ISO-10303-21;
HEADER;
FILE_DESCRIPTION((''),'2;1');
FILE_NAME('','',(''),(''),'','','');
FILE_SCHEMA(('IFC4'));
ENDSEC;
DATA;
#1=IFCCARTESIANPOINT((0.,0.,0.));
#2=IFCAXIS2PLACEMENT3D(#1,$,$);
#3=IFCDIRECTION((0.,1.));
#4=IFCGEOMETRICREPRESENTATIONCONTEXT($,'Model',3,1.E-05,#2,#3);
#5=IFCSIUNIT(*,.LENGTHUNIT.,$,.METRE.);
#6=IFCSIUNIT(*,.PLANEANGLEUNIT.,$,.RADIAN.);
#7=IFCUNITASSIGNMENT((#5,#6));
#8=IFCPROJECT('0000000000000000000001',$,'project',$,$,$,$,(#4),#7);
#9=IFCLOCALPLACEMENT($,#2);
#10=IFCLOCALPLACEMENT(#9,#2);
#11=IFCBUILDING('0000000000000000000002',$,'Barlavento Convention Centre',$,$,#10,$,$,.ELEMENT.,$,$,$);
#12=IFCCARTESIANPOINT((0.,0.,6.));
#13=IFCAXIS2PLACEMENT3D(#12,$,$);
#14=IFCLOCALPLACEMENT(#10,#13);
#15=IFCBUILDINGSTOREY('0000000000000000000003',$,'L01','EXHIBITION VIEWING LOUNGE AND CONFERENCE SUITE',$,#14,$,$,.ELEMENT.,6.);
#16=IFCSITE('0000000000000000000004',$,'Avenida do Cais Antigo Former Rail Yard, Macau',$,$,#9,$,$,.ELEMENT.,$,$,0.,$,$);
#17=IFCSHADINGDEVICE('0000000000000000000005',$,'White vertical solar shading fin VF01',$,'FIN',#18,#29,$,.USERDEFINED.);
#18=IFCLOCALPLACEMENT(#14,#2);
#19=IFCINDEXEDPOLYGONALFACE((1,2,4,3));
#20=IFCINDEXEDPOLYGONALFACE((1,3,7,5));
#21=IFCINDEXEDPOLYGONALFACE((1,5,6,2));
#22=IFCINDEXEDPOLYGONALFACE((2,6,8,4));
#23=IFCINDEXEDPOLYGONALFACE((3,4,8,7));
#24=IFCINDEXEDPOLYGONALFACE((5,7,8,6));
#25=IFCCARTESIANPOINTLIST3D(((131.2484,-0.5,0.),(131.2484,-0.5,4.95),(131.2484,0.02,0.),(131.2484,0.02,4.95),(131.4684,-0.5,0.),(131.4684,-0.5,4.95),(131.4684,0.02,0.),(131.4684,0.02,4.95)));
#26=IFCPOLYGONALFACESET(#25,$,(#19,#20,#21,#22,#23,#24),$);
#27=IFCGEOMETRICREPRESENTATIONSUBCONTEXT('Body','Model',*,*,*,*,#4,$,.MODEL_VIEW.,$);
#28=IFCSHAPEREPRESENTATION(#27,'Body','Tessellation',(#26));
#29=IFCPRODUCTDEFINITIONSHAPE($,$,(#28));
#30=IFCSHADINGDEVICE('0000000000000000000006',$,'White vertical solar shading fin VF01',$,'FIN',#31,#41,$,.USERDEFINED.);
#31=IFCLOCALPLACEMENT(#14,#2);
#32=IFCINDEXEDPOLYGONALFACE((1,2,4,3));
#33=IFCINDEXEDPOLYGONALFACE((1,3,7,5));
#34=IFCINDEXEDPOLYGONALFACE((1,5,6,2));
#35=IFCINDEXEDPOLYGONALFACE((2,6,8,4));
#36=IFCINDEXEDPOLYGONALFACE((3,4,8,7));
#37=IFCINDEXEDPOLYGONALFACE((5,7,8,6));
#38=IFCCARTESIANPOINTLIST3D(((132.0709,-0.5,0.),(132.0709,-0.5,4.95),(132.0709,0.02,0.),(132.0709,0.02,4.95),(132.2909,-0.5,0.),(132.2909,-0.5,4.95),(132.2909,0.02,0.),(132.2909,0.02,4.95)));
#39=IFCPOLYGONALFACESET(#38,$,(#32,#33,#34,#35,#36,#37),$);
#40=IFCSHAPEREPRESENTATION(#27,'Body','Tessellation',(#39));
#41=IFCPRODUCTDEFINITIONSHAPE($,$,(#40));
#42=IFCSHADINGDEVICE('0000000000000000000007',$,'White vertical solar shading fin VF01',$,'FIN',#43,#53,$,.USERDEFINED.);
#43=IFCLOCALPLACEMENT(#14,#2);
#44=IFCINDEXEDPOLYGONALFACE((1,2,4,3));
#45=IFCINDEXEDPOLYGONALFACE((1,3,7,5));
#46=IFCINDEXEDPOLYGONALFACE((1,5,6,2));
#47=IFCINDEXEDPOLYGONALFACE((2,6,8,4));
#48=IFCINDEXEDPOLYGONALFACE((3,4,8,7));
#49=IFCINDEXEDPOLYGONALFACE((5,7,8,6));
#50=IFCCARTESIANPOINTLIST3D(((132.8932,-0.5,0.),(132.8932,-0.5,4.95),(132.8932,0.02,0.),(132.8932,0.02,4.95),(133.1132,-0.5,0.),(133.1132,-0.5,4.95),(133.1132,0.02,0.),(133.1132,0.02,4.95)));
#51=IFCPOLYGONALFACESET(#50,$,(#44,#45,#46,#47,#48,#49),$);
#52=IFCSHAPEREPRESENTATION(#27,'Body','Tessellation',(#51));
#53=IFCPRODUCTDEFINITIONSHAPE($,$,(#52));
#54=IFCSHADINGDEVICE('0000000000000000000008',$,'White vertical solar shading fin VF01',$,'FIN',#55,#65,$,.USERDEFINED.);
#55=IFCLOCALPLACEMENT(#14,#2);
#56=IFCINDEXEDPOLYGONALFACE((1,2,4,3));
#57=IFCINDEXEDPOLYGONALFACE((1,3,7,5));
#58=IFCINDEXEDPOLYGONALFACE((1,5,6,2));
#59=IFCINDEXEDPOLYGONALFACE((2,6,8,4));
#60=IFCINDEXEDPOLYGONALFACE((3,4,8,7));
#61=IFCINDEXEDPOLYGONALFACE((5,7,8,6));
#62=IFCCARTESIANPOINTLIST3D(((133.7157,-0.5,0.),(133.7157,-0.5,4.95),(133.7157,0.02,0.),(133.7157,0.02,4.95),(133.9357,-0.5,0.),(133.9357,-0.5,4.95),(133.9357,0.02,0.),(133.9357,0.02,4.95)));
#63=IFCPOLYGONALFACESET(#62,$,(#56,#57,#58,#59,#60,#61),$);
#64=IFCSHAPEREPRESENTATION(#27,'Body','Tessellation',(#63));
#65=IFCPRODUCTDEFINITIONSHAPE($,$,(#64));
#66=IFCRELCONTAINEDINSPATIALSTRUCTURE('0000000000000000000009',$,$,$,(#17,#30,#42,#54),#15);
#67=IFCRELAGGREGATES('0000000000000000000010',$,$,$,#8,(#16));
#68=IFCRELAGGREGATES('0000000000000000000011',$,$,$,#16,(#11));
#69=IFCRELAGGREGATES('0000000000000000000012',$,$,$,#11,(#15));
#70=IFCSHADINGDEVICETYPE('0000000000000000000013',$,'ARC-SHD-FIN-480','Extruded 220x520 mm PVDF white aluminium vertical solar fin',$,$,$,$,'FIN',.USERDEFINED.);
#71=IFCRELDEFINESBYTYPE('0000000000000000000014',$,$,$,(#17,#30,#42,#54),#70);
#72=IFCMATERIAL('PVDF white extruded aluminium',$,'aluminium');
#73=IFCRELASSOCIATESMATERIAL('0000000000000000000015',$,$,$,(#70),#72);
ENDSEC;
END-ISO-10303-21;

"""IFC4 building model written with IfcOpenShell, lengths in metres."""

from ifc_helpers import new_model, si_unit, direction, frame, origin, origin_2d, place, context, subcontext, project, spatial, rectangle, extrude, material, type_object, element, save


model = new_model("IFC4")

# Units and contexts
model_context = context("Model", 3, precision=1e-05, world=origin(), true_north=direction((0.0, 1.0)))
body_context = subcontext(model_context, "Body", "Model", "MODEL_VIEW")
ifc_project = project(units=[si_unit("LENGTHUNIT", "METRE"), si_unit("PLANEANGLEUNIT", "RADIAN")], contexts=[model_context])

# Site, building, storey
site_placement = place(None, origin())
site = spatial("IfcSite", under=ifc_project, at=site_placement, Name="Avenida do Cais Antigo Former Rail Yard, Macau", CompositionType="ELEMENT", RefElevation=0.0)
building_placement = place(site_placement, origin())
building = spatial("IfcBuilding", under=site, at=building_placement, Name="Barlavento Convention Centre", CompositionType="ELEMENT")
storey_placement = place(building_placement, frame((0.0, 0.0, 6.0)))
storey = spatial("IfcBuildingStorey", under=building, at=storey_placement, Name="L01", Description="EXHIBITION VIEWING LOUNGE AND CONFERENCE SUITE", CompositionType="ELEMENT", Elevation=6.0)

# Shading devices
ifc_material_1 = material(Name="PVDF white extruded aluminium", Category="aluminium")
shading_device_type = type_object("IfcShadingDeviceType", Name="ARC-SHD-FIN-480", Description="Extruded 220x520 mm PVDF white aluminium vertical solar fin", ElementType="FIN", PredefinedType="USERDEFINED", material=ifc_material_1)
for number, where, z_axis, x_axis, name in (
    (1, (131.3584, -0.24, 0.0), (0.0, 0.0, 1.0), (1.0, 0.0, 0.0), "White vertical solar shading fin VF01"),
    (2, (132.1809, -0.24, 0.0), (0.0, 0.0, 1.0), (1.0, 0.0, 0.0), "White vertical solar shading fin VF01"),
    (3, (133.0032, -0.24, 0.0), (0.0, 0.0, 1.0), (1.0, 0.0, 0.0), "White vertical solar shading fin VF01"),
    (4, (133.8257, -0.24, 0.0), (0.0, 0.0, 1.0), (1.0, 0.0, 0.0), "White vertical solar shading fin VF01"),
):
    element("IfcShadingDevice", number, at=place(storey_placement, frame(where, z_axis=z_axis, x_axis=x_axis)), inside=storey, type_object=shading_device_type, Name=name, ObjectType="FIN", PredefinedType="USERDEFINED", context=body_context, shape_type="SweptSolid", body=[
        extrude(rectangle(XDim=0.22, YDim=0.52, at=origin_2d()), origin(), (0.0, 0.0, 1.0), 4.95),
    ])

save(model, "model.ifc")
